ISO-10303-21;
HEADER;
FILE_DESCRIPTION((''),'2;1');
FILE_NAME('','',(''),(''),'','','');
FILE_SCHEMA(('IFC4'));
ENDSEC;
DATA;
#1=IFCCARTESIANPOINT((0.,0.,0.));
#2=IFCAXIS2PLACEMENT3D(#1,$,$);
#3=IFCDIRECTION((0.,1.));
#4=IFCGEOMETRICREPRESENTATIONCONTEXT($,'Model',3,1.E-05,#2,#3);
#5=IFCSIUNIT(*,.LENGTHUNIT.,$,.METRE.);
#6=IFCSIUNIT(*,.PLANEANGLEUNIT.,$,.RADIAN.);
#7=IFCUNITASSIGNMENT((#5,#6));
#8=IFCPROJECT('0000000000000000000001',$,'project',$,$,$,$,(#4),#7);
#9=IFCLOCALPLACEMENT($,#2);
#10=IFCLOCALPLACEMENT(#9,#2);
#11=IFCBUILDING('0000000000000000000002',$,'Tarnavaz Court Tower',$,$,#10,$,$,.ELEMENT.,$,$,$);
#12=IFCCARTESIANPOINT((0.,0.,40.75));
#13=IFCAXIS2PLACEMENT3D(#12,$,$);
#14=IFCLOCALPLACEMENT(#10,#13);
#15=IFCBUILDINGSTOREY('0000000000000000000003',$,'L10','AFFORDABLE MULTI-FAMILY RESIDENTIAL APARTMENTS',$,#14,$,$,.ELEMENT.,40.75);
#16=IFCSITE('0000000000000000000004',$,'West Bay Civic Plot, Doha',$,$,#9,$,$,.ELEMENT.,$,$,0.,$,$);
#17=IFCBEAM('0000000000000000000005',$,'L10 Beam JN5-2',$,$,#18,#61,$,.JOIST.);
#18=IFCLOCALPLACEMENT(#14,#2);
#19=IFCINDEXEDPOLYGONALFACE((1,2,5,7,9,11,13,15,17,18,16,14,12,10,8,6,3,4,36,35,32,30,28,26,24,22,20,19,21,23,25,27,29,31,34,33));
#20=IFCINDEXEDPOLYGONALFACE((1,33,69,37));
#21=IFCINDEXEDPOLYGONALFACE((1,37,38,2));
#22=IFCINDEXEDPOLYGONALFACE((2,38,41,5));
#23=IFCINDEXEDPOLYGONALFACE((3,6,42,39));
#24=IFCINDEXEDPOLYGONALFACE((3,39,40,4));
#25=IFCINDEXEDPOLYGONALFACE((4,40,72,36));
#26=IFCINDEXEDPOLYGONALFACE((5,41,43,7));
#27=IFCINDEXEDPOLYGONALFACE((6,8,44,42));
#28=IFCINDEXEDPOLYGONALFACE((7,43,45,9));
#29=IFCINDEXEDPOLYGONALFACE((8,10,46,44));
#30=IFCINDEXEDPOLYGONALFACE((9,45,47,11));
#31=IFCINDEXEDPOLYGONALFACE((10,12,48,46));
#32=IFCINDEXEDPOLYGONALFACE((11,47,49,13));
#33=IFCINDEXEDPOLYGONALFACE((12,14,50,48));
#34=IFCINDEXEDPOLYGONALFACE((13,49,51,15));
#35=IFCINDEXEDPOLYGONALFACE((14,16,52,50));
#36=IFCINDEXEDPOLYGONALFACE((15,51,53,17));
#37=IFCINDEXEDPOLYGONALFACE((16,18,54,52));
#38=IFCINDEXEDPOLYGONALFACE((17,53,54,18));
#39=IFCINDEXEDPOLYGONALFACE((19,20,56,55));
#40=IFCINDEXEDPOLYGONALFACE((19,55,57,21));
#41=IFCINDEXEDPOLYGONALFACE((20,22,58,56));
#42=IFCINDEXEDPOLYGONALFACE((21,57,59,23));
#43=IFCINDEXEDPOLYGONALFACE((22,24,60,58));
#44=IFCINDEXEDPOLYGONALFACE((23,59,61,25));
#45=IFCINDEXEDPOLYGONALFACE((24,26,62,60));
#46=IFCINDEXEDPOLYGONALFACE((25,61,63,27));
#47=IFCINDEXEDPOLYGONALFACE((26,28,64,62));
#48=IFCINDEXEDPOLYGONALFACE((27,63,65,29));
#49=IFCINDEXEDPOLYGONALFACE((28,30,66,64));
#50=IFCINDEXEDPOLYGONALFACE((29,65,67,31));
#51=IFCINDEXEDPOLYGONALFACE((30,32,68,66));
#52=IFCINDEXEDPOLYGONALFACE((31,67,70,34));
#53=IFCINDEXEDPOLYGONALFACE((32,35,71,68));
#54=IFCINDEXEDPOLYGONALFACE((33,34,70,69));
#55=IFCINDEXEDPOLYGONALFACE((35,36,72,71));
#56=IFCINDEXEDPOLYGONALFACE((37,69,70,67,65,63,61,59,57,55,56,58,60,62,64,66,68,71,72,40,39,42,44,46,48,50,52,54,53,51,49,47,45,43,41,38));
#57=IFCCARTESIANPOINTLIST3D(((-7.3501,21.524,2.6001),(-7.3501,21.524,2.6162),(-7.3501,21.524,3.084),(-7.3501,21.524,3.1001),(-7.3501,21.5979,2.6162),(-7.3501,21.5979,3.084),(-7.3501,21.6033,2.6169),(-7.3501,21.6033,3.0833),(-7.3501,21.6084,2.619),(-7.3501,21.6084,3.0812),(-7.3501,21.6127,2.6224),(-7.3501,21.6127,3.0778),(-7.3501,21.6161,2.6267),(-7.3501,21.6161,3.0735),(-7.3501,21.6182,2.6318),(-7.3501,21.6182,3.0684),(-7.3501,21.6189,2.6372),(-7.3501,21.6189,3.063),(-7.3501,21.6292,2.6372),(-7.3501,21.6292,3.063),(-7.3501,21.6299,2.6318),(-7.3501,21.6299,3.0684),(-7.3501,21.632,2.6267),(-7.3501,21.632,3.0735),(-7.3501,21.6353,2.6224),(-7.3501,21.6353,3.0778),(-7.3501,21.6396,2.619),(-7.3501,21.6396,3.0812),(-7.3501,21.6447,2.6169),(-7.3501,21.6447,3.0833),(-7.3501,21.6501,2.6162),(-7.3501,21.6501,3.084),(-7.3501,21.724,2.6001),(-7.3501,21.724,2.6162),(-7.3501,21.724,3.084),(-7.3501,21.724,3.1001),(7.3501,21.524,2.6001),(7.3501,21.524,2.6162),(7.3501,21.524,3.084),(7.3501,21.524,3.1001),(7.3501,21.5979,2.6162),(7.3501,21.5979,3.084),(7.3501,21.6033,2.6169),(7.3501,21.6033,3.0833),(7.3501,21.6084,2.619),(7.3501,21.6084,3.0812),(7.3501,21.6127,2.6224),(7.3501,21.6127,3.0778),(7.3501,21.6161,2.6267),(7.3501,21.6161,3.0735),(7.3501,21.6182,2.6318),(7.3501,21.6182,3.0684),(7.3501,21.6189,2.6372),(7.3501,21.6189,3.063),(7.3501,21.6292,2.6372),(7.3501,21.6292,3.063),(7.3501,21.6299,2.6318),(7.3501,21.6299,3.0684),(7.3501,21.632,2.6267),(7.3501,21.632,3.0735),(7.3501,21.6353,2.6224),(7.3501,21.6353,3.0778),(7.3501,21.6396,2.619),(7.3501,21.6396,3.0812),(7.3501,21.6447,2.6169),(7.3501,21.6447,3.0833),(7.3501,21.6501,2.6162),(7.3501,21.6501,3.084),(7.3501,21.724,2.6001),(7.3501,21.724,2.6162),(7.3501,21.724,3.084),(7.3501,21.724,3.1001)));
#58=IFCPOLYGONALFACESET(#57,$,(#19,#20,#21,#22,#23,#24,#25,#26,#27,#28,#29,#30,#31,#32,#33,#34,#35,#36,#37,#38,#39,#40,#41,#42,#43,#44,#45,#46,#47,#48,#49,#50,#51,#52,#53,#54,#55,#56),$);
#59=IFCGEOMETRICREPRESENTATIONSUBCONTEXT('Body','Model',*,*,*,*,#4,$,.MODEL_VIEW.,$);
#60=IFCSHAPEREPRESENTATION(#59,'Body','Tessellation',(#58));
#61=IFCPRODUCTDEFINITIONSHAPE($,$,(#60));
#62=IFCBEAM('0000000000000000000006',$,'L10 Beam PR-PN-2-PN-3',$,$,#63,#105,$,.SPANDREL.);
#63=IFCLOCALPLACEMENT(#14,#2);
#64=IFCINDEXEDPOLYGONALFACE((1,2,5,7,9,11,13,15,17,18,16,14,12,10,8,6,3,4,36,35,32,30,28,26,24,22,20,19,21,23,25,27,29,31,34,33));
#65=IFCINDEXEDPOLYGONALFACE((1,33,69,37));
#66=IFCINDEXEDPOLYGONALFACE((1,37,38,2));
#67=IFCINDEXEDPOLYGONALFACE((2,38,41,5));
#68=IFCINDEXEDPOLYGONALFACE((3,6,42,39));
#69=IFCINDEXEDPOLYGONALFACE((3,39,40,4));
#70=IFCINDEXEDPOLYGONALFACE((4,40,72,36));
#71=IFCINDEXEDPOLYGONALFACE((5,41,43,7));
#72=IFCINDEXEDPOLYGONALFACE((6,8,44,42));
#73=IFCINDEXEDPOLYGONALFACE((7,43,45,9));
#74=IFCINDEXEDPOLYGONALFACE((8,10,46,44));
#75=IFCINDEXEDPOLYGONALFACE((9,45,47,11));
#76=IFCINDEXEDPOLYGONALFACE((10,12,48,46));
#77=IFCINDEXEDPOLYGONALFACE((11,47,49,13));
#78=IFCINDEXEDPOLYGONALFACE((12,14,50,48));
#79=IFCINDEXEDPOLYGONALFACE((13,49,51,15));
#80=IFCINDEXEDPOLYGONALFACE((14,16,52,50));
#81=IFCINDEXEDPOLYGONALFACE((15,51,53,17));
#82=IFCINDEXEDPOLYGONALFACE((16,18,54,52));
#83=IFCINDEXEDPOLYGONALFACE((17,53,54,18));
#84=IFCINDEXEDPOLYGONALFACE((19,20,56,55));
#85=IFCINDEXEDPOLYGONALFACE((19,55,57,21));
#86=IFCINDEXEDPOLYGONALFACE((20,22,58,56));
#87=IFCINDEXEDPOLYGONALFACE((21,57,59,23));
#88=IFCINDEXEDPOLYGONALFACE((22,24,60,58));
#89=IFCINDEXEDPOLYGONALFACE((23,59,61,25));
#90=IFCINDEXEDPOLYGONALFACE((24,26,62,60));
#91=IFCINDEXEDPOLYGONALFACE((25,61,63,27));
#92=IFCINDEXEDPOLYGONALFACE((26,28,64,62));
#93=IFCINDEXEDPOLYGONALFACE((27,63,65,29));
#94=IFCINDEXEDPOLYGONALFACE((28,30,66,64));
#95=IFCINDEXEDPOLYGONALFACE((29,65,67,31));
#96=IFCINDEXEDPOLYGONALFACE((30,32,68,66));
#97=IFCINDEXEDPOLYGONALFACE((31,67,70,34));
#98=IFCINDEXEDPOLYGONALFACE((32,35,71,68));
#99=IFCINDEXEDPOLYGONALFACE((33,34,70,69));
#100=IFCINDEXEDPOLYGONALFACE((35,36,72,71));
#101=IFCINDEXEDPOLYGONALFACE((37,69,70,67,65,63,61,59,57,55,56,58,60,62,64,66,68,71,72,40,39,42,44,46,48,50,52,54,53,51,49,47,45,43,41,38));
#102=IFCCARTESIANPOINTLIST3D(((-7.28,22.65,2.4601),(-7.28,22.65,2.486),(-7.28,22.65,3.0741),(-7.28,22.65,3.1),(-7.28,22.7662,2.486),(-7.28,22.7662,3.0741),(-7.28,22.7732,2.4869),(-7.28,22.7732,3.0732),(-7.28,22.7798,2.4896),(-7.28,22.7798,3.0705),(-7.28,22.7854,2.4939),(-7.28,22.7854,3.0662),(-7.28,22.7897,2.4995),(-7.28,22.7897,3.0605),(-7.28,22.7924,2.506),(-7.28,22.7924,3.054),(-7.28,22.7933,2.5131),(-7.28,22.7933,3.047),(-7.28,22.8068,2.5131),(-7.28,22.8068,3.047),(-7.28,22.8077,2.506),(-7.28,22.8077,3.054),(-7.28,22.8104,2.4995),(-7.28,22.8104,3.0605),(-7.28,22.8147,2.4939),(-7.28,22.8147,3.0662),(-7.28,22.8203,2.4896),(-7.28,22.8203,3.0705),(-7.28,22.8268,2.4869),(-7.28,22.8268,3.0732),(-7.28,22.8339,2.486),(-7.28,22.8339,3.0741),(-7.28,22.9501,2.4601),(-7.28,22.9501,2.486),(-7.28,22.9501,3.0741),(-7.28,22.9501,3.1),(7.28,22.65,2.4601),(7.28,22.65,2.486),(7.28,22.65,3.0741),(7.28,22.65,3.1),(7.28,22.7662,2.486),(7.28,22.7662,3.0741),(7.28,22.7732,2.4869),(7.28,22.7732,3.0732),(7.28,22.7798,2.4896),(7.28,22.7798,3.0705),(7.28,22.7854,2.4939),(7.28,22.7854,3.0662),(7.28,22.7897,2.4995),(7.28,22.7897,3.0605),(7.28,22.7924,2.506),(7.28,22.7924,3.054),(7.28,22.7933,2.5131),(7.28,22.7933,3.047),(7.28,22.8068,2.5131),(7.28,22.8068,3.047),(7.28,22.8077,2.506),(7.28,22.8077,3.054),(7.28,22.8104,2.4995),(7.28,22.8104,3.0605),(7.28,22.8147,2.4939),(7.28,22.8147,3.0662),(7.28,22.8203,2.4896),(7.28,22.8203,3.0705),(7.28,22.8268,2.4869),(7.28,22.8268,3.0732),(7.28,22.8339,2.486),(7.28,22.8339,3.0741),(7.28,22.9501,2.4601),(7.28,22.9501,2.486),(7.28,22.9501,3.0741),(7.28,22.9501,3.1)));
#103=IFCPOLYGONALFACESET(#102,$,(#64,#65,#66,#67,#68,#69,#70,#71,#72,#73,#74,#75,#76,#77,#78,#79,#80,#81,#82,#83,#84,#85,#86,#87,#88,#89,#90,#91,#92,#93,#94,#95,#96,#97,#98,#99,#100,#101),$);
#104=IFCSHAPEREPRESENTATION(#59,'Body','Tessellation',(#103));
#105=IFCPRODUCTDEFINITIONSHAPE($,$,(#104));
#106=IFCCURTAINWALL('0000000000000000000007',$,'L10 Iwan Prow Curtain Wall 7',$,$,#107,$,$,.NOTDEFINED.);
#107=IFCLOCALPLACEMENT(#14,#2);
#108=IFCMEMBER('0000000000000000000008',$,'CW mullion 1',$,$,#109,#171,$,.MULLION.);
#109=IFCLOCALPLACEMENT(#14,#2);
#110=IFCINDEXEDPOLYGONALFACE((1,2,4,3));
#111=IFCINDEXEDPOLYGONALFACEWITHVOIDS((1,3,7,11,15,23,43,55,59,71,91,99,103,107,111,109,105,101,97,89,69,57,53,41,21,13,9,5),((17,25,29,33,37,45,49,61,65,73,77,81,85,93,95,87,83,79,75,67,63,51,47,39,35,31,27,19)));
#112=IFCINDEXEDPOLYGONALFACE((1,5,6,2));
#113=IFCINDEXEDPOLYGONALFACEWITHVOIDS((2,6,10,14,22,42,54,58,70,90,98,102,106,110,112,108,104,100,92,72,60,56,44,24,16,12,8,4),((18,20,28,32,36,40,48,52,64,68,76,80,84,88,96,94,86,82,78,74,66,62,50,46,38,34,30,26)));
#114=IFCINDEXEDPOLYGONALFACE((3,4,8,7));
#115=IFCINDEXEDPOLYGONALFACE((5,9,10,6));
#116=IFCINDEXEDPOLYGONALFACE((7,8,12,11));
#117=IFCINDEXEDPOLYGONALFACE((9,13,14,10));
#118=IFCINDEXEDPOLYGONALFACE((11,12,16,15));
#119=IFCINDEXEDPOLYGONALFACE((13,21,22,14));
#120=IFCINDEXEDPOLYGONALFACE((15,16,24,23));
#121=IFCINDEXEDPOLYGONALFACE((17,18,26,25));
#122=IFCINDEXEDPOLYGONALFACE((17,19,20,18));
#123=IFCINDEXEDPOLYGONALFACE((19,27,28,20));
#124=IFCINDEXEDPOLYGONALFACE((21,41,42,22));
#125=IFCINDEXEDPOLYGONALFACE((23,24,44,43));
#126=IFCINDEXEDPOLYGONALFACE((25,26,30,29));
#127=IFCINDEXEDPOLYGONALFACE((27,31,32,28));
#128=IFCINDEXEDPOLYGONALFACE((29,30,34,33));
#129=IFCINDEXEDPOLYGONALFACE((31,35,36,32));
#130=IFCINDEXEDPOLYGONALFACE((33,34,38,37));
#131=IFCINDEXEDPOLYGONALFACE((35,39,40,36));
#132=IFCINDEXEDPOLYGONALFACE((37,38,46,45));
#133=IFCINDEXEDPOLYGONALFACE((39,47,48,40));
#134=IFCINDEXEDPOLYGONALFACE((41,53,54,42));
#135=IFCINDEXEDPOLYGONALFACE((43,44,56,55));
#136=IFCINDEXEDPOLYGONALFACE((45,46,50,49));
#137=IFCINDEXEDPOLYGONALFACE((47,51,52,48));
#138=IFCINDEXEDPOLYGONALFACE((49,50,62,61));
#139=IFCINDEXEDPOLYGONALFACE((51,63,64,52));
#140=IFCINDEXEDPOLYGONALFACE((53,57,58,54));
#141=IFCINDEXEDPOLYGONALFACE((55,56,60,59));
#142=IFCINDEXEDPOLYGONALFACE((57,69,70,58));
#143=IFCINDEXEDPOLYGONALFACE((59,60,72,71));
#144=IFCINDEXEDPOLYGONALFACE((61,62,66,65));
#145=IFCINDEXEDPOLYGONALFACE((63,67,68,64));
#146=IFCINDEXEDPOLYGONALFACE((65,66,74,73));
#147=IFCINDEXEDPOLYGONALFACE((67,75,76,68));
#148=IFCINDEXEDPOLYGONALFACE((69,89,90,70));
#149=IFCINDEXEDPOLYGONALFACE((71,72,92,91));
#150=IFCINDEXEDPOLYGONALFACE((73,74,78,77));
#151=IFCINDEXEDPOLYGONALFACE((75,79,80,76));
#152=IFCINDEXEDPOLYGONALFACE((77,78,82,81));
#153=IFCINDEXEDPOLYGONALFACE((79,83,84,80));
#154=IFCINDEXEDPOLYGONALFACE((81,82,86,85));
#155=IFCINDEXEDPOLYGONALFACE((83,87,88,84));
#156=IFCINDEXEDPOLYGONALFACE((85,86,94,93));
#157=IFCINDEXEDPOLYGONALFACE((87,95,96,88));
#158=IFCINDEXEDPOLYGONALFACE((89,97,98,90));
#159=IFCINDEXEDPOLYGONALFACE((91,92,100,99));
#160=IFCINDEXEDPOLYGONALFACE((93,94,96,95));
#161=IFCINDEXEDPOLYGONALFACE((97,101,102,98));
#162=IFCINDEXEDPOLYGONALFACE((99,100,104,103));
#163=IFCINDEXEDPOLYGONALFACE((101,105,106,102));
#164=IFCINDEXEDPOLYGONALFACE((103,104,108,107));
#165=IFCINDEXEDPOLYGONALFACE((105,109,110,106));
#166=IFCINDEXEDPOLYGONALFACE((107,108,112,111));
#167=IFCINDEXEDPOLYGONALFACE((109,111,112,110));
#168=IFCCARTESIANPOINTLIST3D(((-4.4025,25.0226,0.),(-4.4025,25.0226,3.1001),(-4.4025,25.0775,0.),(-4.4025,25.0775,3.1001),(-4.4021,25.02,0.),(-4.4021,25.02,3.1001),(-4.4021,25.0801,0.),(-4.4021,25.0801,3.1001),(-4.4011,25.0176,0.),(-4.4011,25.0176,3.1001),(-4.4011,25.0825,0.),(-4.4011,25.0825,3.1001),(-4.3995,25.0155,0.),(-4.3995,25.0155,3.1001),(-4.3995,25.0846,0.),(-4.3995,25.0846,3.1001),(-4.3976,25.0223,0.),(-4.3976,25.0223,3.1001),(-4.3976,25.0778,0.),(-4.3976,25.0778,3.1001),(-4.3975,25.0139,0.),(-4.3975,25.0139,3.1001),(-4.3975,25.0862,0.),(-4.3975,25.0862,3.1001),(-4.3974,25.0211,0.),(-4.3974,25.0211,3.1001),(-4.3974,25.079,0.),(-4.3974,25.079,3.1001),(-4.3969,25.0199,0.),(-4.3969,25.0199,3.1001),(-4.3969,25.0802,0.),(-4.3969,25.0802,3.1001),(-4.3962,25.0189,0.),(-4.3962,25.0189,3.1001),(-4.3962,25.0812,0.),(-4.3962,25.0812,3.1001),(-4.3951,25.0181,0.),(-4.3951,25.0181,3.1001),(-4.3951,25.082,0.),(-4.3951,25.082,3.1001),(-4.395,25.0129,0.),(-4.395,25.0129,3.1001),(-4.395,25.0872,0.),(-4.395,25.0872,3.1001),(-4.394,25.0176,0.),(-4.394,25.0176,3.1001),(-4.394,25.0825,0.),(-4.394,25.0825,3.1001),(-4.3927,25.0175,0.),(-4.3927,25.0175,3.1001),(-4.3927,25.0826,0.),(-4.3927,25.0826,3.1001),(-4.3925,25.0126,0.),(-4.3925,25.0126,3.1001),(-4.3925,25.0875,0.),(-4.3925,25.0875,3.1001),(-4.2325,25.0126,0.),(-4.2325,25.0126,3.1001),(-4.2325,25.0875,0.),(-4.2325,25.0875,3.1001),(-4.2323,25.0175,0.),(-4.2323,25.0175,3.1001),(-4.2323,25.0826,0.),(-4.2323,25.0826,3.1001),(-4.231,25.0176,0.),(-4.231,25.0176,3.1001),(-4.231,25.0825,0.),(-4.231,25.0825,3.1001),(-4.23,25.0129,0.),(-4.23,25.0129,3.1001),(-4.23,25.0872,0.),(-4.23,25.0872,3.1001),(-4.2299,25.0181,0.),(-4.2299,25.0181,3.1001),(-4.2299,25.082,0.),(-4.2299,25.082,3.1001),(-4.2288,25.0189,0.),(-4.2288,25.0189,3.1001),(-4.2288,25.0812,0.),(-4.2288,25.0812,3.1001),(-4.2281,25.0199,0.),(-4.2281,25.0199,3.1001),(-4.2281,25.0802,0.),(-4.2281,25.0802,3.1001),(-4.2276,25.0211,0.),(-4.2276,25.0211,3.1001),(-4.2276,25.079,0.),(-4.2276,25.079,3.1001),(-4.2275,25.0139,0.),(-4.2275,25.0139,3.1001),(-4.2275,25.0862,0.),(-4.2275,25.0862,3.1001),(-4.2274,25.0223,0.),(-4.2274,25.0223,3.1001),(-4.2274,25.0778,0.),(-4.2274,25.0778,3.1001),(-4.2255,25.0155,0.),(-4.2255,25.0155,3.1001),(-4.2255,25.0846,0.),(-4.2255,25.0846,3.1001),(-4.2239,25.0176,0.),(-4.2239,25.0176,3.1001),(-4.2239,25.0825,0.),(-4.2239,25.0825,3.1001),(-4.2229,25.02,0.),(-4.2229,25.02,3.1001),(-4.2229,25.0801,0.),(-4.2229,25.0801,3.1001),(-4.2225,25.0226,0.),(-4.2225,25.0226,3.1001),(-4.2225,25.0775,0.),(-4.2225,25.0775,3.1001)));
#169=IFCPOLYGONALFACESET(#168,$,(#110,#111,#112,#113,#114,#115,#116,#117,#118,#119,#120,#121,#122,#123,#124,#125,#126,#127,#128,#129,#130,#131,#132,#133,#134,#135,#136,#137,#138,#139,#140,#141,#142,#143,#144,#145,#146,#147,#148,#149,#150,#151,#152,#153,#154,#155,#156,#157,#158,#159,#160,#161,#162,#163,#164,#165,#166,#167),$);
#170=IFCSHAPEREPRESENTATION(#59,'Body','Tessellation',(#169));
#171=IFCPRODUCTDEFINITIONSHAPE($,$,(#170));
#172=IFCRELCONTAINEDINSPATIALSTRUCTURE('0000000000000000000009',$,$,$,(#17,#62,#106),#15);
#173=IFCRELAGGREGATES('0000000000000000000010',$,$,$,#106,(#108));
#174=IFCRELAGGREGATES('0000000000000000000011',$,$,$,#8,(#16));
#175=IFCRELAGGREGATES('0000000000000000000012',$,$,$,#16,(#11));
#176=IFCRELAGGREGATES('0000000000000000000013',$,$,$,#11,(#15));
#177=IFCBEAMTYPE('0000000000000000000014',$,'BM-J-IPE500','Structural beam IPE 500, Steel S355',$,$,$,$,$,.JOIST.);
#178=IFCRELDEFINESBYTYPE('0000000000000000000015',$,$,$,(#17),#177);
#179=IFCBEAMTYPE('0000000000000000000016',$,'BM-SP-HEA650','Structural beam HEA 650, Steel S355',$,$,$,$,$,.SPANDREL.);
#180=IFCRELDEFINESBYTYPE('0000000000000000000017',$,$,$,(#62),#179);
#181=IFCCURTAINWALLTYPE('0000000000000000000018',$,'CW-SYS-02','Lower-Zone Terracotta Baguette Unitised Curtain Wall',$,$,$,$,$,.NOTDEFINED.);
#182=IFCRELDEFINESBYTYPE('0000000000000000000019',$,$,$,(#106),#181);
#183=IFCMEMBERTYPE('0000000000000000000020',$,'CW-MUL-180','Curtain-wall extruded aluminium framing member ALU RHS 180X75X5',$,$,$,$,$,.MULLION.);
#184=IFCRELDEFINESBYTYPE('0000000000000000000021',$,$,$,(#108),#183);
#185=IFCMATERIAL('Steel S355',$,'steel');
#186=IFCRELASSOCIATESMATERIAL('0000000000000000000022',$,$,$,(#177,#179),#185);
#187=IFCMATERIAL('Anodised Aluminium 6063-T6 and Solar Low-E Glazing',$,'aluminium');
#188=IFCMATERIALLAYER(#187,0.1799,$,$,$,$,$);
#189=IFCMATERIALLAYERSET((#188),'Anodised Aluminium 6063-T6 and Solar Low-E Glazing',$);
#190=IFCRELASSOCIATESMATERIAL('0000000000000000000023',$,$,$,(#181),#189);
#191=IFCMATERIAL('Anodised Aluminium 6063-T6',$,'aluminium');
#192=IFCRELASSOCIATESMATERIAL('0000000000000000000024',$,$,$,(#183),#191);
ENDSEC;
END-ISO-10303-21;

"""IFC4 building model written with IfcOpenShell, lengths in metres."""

from ifc_helpers import new_model, si_unit, direction, frame, origin, origin_2d, place, context, subcontext, project, spatial, hollow_rectangle, i_section, extrude, material, layer, layer_set, material_profile, profile_set, type_object, element, aggregate, save


model = new_model("IFC4")

# Units and contexts
model_context = context("Model", 3, precision=1e-05, world=origin(), true_north=direction((0.0, 1.0)))
body_context = subcontext(model_context, "Body", "Model", "MODEL_VIEW")
ifc_project = project(units=[si_unit("LENGTHUNIT", "METRE"), si_unit("PLANEANGLEUNIT", "RADIAN")], contexts=[model_context])

# Site, building, storey
site_placement = place(None, origin())
site = spatial("IfcSite", under=ifc_project, at=site_placement, Name="West Bay Civic Plot, Doha", CompositionType="ELEMENT", RefElevation=0.0)
building_placement = place(site_placement, origin())
building = spatial("IfcBuilding", under=site, at=building_placement, Name="Tarnavaz Court Tower", CompositionType="ELEMENT")
storey_placement = place(building_placement, frame((0.0, 0.0, 40.75)))
storey = spatial("IfcBuildingStorey", under=building, at=storey_placement, Name="L10", Description="AFFORDABLE MULTI-FAMILY RESIDENTIAL APARTMENTS", CompositionType="ELEMENT", Elevation=40.75)

# Beams
ifc_material_1 = material(Name="Steel S355", Category="steel")
ifc_material_profile_1 = material_profile(ifc_material_1, i_section(OverallWidth=0.2, OverallDepth=0.5, WebThickness=0.0103, FlangeThickness=0.0161, FilletRadius=0.021, at=origin_2d()), Name="IPE 500")
ifc_profile_set_1 = profile_set([ifc_material_profile_1], Name="Steel S355")
beam_type_1 = type_object("IfcBeamType", Name="BM-J-IPE500", Description="Structural beam IPE 500, Steel S355", PredefinedType="JOIST", material=ifc_profile_set_1)
for number, where, z_axis, x_axis, name in (
    (1, (-7.3501, 21.624, 2.8501), (1.0, 0.0, 0.0), (0.0, 1.0, 0.0), "L10 Beam JN5-2"),
):
    element("IfcBeam", number, at=place(storey_placement, frame(where, z_axis=z_axis, x_axis=x_axis)), inside=storey, type_object=beam_type_1, Name=name, PredefinedType="JOIST", context=body_context, shape_type="SweptSolid", body=[
        extrude(i_section(OverallWidth=0.2, OverallDepth=0.5, WebThickness=0.0103, FlangeThickness=0.0161, FilletRadius=0.021, at=origin_2d()), origin(), (0.0, 0.0, 1.0), 14.7002),
    ])
ifc_material_profile_2 = material_profile(ifc_material_1, i_section(OverallWidth=0.3, OverallDepth=0.6399, WebThickness=0.0134, FlangeThickness=0.0259, FilletRadius=0.0271, at=origin_2d()), Name="HEA 650")
ifc_profile_set_2 = profile_set([ifc_material_profile_2], Name="Steel S355")
beam_type_2 = type_object("IfcBeamType", Name="BM-SP-HEA650", Description="Structural beam HEA 650, Steel S355", PredefinedType="SPANDREL", material=ifc_profile_set_2)
beam_placement = place(storey_placement, frame((-7.28, 22.8, 2.78), z_axis=(1.0, 0.0, 0.0), x_axis=(0.0, 1.0, 0.0)))
element("IfcBeam", 2, at=beam_placement, inside=storey, type_object=beam_type_2, Name="L10 Beam PR-PN-2-PN-3", PredefinedType="SPANDREL", context=body_context, shape_type="SweptSolid", body=[
    extrude(i_section(OverallWidth=0.3, OverallDepth=0.6399, WebThickness=0.0134, FlangeThickness=0.0259, FilletRadius=0.0271, at=origin_2d()), origin(), (0.0, 0.0, 1.0), 14.5601),
])

# Curtain wall, member
ifc_material_2 = material(Name="Anodised Aluminium 6063-T6 and Solar Low-E Glazing", Category="aluminium")
ifc_layer_1 = layer(ifc_material_2, 0.1799)
ifc_layer_set_1 = layer_set([ifc_layer_1], Name="Anodised Aluminium 6063-T6 and Solar Low-E Glazing")
curtain_wall_type = type_object("IfcCurtainWallType", Name="CW-SYS-02", Description="Lower-Zone Terracotta Baguette Unitised Curtain Wall", PredefinedType="NOTDEFINED", material=ifc_layer_set_1)
curtain_wall_placement = place(storey_placement, origin())
curtain_wall = element("IfcCurtainWall", 3, at=curtain_wall_placement, inside=storey, type_object=curtain_wall_type, Name="L10 Iwan Prow Curtain Wall 7", PredefinedType="NOTDEFINED")
ifc_material_3 = material(Name="Anodised Aluminium 6063-T6", Category="aluminium")
ifc_material_profile_3 = material_profile(ifc_material_3, hollow_rectangle(XDim=0.075, YDim=0.1799, WallThickness=0.0049, InnerFilletRadius=0.0049, OuterFilletRadius=0.01, at=origin_2d()), Name="ALU RHS 180X75X5")
ifc_profile_set_3 = profile_set([ifc_material_profile_3], Name="Anodised Aluminium 6063-T6")
member_type_1 = type_object("IfcMemberType", Name="CW-MUL-180", Description="Curtain-wall extruded aluminium framing member ALU RHS 180X75X5", PredefinedType="MULLION", material=ifc_profile_set_3)
member_1_placement = place(storey_placement, frame((-4.3125, 25.05, 0.0), z_axis=(0.0, 0.0, 1.0), x_axis=(0.0, 1.0, 0.0)))
member_1 = element("IfcMember", 4, at=member_1_placement, type_object=member_type_1, Name="CW mullion 1", PredefinedType="MULLION", context=body_context, shape_type="SweptSolid", body=[
    extrude(hollow_rectangle(XDim=0.075, YDim=0.1799, WallThickness=0.0049, InnerFilletRadius=0.0049, OuterFilletRadius=0.01, at=origin_2d()), origin(), (0.0, 0.0, 1.0), 3.1001),
])
aggregate(curtain_wall, [member_1])

save(model, "model.ifc")
